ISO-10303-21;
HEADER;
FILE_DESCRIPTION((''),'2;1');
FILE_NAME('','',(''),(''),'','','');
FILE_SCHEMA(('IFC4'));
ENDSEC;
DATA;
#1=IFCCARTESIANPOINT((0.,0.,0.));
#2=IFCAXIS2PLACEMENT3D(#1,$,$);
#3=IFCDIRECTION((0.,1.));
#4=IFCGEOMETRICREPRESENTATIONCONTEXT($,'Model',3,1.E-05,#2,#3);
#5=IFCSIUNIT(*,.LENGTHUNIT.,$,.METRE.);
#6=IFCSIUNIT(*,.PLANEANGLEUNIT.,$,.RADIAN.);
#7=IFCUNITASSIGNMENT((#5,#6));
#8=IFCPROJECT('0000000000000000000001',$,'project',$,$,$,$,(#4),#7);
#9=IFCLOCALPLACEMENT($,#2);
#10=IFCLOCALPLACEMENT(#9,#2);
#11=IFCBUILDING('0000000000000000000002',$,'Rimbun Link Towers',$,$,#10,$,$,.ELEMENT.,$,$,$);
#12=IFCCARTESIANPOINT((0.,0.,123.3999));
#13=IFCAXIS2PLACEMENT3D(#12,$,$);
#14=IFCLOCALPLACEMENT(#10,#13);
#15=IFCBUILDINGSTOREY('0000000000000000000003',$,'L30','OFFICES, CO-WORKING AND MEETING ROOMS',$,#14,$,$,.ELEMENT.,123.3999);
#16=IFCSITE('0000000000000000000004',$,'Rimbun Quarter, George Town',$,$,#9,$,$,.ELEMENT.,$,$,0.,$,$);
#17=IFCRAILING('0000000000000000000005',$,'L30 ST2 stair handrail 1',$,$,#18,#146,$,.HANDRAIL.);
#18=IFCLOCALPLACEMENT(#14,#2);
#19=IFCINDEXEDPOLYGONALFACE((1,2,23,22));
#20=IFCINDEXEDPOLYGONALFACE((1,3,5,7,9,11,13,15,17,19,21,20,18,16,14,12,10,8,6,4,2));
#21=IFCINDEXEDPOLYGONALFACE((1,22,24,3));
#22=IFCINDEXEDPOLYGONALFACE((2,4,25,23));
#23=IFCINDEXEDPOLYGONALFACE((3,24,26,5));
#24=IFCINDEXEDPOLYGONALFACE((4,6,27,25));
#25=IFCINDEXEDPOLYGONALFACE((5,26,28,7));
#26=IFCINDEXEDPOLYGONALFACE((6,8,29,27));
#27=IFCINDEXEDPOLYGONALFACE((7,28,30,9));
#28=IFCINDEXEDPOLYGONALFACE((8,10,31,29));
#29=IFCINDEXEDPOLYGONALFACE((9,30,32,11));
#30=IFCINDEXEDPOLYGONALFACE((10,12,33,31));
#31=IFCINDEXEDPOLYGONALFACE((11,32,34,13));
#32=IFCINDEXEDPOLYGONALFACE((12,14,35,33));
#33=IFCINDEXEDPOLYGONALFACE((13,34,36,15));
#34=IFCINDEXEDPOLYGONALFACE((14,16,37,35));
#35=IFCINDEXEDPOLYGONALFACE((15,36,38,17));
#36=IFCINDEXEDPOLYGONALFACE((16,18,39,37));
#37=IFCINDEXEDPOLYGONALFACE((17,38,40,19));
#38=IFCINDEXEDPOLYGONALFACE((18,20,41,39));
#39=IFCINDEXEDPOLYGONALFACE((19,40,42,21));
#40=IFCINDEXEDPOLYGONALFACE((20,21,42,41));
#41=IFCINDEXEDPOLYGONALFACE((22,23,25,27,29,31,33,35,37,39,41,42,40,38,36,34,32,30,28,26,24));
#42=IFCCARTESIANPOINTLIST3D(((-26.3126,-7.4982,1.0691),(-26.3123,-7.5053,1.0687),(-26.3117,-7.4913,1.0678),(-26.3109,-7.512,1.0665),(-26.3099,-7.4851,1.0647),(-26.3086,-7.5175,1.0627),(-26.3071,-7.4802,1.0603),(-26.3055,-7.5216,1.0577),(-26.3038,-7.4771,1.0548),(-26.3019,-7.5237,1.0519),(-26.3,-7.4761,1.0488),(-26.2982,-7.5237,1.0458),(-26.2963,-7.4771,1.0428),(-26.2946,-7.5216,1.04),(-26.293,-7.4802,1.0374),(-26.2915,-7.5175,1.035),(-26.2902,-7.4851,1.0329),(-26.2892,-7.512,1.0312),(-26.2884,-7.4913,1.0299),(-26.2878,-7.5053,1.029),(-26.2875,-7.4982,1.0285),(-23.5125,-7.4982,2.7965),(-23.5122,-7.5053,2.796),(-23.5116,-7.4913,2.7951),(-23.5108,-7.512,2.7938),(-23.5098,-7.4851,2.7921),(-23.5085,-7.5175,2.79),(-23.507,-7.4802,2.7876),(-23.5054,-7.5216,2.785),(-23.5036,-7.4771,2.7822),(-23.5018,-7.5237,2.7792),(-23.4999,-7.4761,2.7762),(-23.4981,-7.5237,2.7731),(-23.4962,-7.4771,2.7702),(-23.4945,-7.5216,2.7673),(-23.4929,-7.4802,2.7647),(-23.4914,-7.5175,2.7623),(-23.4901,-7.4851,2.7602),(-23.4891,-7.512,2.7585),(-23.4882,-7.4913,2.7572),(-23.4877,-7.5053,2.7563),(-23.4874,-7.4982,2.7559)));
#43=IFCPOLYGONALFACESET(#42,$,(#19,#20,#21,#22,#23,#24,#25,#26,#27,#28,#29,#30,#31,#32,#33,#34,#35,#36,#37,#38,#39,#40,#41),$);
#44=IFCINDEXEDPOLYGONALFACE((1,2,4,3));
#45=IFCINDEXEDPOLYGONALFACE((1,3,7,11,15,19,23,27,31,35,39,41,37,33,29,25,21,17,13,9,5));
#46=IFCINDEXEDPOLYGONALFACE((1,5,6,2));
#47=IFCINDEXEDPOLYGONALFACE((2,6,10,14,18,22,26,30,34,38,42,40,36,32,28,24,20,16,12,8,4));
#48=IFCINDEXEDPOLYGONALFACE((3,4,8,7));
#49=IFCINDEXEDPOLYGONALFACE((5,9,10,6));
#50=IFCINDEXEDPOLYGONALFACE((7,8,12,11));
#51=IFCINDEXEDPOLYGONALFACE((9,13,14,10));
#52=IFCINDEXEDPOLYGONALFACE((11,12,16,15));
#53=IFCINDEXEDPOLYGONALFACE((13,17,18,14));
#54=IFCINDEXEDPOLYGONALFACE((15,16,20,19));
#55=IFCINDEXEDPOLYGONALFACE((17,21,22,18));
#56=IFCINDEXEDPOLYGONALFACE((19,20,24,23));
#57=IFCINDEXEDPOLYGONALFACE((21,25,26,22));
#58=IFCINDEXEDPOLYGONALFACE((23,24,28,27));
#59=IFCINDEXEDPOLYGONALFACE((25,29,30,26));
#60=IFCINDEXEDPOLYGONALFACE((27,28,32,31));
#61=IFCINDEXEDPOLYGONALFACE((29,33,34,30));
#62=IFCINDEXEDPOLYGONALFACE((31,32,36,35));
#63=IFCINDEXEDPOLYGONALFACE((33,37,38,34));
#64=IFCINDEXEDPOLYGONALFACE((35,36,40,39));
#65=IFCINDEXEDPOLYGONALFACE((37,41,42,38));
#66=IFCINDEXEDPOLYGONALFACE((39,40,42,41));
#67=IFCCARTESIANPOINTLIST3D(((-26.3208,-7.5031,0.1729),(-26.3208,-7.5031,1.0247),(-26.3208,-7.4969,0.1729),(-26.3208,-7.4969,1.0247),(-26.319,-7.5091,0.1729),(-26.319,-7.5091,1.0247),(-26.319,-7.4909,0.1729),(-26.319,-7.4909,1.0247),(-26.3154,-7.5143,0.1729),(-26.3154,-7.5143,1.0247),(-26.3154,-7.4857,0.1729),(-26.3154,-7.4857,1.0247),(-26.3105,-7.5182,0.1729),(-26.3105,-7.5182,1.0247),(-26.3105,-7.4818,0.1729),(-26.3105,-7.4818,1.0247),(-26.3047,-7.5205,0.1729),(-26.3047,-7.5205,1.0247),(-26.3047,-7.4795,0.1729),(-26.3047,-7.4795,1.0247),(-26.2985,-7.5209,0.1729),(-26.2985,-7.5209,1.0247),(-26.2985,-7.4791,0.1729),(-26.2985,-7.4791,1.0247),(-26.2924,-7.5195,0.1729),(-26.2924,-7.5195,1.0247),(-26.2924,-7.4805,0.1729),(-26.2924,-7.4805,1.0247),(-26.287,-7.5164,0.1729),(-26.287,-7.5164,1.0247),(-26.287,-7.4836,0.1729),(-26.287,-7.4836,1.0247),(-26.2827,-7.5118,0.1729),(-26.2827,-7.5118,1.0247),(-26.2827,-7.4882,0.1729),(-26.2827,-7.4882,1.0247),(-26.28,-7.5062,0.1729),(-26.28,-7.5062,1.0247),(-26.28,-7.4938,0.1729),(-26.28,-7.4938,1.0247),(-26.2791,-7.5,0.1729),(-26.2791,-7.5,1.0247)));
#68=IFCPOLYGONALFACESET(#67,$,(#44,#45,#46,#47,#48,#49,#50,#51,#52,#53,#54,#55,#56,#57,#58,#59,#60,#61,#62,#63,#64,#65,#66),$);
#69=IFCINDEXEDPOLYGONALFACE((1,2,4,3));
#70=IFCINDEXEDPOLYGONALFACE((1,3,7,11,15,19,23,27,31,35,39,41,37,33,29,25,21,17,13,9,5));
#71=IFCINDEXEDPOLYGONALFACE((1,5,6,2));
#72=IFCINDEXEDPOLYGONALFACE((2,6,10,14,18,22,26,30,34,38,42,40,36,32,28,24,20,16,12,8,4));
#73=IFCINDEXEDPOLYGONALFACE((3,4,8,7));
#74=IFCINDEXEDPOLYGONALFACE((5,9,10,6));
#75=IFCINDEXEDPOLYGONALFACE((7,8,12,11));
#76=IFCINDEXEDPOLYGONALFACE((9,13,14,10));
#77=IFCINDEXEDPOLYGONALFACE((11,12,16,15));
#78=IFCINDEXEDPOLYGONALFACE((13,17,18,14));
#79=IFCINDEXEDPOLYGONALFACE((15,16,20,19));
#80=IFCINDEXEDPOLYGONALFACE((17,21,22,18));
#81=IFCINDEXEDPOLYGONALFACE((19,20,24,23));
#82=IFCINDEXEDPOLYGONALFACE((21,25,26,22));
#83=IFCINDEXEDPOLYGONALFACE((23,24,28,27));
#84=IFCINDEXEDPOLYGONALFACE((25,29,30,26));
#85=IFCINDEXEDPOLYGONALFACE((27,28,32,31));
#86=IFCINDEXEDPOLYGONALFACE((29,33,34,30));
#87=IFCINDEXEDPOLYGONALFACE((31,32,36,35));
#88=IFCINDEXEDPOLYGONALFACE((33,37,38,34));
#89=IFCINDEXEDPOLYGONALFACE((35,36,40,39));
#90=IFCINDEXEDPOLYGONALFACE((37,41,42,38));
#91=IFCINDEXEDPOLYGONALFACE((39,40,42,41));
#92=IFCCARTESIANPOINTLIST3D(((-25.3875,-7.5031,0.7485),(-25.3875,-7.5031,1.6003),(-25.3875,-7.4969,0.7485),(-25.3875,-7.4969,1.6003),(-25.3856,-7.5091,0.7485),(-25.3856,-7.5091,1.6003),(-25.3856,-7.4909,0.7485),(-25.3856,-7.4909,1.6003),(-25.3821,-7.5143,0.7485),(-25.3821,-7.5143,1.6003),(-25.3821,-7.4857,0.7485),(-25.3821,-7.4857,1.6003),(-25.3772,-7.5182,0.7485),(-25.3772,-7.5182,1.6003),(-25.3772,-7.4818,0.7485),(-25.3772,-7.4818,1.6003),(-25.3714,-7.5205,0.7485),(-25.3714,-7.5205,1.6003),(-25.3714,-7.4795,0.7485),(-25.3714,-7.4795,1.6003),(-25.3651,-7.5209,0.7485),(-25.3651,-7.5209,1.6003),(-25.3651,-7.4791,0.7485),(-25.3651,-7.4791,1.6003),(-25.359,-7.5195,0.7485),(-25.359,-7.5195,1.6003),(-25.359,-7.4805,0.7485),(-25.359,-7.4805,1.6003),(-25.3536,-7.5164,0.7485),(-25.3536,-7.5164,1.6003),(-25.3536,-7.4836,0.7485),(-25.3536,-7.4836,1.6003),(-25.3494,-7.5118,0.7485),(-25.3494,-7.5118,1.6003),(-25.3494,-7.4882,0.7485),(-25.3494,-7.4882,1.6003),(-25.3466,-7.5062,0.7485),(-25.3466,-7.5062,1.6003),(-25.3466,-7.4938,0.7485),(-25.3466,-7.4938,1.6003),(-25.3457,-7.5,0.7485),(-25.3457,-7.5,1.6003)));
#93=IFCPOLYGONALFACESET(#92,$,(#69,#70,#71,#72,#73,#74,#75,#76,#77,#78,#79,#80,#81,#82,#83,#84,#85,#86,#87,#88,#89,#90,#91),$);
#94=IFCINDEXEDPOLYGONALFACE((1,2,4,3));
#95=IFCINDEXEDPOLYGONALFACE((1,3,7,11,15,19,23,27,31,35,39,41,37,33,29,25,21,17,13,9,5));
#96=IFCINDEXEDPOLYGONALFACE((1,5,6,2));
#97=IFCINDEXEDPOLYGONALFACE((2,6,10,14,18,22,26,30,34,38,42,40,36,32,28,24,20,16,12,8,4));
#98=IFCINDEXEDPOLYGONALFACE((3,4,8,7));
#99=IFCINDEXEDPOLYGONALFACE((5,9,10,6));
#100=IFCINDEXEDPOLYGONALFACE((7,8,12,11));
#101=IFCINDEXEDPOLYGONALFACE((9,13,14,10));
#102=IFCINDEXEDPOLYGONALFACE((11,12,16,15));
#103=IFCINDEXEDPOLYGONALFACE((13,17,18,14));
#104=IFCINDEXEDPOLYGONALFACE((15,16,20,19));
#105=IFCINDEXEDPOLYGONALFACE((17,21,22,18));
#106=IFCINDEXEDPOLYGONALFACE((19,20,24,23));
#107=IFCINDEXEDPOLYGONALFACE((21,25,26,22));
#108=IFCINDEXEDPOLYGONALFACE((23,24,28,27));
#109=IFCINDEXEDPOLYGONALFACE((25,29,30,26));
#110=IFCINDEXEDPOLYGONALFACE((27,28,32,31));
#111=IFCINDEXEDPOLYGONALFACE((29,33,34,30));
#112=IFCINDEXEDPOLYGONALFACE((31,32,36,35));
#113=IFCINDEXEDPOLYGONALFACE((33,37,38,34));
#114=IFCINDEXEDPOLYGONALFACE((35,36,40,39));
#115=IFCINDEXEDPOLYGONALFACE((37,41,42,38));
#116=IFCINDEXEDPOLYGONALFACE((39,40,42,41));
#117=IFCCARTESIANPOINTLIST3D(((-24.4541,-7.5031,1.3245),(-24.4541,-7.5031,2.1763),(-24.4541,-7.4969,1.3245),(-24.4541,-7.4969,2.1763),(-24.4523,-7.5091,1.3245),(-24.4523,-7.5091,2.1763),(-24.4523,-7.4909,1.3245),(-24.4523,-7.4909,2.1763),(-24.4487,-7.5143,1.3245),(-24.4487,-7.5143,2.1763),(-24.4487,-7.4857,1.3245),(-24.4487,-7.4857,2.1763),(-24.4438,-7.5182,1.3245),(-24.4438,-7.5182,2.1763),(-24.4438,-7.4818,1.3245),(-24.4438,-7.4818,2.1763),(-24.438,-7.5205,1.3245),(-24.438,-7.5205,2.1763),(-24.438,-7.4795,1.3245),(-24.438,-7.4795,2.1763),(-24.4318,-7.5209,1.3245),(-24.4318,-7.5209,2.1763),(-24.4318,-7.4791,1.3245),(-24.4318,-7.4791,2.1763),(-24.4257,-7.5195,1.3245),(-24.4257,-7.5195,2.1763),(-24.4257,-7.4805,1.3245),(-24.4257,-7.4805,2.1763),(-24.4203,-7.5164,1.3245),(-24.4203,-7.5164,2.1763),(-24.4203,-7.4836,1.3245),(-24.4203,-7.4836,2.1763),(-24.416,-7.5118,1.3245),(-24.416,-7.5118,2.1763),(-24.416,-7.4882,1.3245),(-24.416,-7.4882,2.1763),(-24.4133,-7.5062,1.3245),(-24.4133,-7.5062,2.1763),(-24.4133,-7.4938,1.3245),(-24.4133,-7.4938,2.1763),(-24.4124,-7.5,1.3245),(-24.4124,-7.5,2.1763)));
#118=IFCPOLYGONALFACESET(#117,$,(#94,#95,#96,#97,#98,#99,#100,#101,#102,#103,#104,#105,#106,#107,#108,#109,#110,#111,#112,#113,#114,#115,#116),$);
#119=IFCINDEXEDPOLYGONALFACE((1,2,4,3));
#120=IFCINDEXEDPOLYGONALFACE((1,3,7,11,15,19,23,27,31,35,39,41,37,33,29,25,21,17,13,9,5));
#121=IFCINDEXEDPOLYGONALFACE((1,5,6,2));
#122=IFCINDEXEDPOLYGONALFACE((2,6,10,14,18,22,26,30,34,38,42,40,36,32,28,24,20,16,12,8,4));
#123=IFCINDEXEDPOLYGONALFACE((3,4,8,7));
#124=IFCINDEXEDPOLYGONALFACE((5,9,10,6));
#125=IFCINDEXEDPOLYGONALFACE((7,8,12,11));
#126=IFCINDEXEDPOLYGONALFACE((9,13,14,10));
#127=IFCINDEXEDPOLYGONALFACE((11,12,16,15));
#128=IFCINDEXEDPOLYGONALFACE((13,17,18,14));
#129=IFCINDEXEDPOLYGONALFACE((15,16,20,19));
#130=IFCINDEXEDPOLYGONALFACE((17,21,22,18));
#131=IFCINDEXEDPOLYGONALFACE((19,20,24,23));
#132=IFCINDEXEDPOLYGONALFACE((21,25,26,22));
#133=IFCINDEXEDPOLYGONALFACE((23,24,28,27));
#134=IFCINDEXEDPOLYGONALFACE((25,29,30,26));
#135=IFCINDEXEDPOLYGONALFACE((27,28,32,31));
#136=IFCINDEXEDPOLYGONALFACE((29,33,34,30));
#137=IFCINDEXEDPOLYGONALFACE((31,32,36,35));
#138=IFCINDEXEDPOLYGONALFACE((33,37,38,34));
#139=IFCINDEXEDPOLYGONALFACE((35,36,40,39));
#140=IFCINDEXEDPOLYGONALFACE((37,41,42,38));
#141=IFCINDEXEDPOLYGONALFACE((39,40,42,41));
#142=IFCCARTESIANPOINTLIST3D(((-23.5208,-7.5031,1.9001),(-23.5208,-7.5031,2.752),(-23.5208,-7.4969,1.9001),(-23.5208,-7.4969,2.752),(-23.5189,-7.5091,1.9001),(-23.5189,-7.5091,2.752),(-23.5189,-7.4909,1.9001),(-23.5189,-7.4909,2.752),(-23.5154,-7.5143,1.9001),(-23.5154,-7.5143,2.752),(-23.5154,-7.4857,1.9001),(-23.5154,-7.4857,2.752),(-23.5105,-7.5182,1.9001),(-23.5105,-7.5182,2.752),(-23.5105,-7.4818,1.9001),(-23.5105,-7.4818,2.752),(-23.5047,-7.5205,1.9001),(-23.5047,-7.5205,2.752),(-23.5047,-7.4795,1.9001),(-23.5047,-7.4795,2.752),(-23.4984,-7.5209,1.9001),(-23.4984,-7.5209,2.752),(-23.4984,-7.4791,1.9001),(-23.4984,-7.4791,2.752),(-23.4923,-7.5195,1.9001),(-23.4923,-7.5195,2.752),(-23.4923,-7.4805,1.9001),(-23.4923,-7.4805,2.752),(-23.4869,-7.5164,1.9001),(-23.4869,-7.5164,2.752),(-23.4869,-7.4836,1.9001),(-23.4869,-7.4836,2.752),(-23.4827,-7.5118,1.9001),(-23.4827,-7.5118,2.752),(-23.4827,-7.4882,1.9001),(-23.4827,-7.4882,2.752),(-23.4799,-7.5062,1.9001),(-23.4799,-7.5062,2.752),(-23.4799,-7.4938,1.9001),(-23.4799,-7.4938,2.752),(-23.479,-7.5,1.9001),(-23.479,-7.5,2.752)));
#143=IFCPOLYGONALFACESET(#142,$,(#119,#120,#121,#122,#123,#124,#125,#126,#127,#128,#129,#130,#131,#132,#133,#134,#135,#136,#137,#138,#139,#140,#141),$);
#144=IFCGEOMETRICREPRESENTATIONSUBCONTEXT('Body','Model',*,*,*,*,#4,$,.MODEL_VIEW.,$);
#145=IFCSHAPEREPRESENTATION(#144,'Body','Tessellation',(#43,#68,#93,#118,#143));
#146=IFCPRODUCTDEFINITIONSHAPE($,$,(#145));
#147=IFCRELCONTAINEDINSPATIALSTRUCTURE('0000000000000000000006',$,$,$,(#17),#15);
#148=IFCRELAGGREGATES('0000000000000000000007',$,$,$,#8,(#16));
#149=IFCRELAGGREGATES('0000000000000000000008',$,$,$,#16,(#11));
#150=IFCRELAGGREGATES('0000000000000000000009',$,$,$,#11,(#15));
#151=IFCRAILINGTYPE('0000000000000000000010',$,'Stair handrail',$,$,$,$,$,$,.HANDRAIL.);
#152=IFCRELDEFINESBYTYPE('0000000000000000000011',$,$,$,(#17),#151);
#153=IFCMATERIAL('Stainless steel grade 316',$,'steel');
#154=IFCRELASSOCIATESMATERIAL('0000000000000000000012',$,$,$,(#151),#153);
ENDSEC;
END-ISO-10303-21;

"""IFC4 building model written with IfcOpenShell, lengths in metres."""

from ifc_helpers import new_model, si_unit, direction, frame, origin, origin_2d, place, context, subcontext, project, spatial, circle, extrude, material, type_object, element, save


model = new_model("IFC4")

# Units and contexts
model_context = context("Model", 3, precision=1e-05, world=origin(), true_north=direction((0.0, 1.0)))
body_context = subcontext(model_context, "Body", "Model", "MODEL_VIEW")
ifc_project = project(units=[si_unit("LENGTHUNIT", "METRE"), si_unit("PLANEANGLEUNIT", "RADIAN")], contexts=[model_context])

# Site, building, storey
site_placement = place(None, origin())
site = spatial("IfcSite", under=ifc_project, at=site_placement, Name="Rimbun Quarter, George Town", CompositionType="ELEMENT", RefElevation=0.0)
building_placement = place(site_placement, origin())
building = spatial("IfcBuilding", under=site, at=building_placement, Name="Rimbun Link Towers", CompositionType="ELEMENT")
storey_placement = place(building_placement, frame((0.0, 0.0, 123.3999)))
storey = spatial("IfcBuildingStorey", under=building, at=storey_placement, Name="L30", Description="OFFICES, CO-WORKING AND MEETING ROOMS", CompositionType="ELEMENT", Elevation=123.3999)

# Railing
ifc_material_1 = material(Name="Stainless steel grade 316", Category="steel")
railing_type_1 = type_object("IfcRailingType", Name="Stair handrail", PredefinedType="HANDRAIL", material=ifc_material_1)
railing_1_placement = place(storey_placement, frame((-26.3, -7.5, 0.1729)))
element("IfcRailing", 1, at=railing_1_placement, inside=storey, type_object=railing_type_1, Name="L30 ST2 stair handrail 1", PredefinedType="HANDRAIL", context=body_context, shape_type="SweptSolid", body=[
    extrude(circle(Radius=0.0239, at=origin_2d()), frame((0.0, 0.0, 0.876), z_axis=(0.85109, 0.0, 0.52502), x_axis=(0.0, 1.0, 0.0)), (0.0, 0.0, 1.0), 3.29),
    extrude(circle(Radius=0.021, at=origin_2d()), origin(), (0.0, 0.0, 1.0), 0.8518),
    extrude(circle(Radius=0.021, at=origin_2d()), frame((0.9333, 0.0, 0.5757)), (0.0, 0.0, 1.0), 0.8518),
    extrude(circle(Radius=0.021, at=origin_2d()), frame((1.8667, 0.0, 1.1516)), (0.0, 0.0, 1.0), 0.8518),
    extrude(circle(Radius=0.021, at=origin_2d()), frame((2.8, 0.0, 1.7273)), (0.0, 0.0, 1.0), 0.8518),
])

save(model, "model.ifc")
